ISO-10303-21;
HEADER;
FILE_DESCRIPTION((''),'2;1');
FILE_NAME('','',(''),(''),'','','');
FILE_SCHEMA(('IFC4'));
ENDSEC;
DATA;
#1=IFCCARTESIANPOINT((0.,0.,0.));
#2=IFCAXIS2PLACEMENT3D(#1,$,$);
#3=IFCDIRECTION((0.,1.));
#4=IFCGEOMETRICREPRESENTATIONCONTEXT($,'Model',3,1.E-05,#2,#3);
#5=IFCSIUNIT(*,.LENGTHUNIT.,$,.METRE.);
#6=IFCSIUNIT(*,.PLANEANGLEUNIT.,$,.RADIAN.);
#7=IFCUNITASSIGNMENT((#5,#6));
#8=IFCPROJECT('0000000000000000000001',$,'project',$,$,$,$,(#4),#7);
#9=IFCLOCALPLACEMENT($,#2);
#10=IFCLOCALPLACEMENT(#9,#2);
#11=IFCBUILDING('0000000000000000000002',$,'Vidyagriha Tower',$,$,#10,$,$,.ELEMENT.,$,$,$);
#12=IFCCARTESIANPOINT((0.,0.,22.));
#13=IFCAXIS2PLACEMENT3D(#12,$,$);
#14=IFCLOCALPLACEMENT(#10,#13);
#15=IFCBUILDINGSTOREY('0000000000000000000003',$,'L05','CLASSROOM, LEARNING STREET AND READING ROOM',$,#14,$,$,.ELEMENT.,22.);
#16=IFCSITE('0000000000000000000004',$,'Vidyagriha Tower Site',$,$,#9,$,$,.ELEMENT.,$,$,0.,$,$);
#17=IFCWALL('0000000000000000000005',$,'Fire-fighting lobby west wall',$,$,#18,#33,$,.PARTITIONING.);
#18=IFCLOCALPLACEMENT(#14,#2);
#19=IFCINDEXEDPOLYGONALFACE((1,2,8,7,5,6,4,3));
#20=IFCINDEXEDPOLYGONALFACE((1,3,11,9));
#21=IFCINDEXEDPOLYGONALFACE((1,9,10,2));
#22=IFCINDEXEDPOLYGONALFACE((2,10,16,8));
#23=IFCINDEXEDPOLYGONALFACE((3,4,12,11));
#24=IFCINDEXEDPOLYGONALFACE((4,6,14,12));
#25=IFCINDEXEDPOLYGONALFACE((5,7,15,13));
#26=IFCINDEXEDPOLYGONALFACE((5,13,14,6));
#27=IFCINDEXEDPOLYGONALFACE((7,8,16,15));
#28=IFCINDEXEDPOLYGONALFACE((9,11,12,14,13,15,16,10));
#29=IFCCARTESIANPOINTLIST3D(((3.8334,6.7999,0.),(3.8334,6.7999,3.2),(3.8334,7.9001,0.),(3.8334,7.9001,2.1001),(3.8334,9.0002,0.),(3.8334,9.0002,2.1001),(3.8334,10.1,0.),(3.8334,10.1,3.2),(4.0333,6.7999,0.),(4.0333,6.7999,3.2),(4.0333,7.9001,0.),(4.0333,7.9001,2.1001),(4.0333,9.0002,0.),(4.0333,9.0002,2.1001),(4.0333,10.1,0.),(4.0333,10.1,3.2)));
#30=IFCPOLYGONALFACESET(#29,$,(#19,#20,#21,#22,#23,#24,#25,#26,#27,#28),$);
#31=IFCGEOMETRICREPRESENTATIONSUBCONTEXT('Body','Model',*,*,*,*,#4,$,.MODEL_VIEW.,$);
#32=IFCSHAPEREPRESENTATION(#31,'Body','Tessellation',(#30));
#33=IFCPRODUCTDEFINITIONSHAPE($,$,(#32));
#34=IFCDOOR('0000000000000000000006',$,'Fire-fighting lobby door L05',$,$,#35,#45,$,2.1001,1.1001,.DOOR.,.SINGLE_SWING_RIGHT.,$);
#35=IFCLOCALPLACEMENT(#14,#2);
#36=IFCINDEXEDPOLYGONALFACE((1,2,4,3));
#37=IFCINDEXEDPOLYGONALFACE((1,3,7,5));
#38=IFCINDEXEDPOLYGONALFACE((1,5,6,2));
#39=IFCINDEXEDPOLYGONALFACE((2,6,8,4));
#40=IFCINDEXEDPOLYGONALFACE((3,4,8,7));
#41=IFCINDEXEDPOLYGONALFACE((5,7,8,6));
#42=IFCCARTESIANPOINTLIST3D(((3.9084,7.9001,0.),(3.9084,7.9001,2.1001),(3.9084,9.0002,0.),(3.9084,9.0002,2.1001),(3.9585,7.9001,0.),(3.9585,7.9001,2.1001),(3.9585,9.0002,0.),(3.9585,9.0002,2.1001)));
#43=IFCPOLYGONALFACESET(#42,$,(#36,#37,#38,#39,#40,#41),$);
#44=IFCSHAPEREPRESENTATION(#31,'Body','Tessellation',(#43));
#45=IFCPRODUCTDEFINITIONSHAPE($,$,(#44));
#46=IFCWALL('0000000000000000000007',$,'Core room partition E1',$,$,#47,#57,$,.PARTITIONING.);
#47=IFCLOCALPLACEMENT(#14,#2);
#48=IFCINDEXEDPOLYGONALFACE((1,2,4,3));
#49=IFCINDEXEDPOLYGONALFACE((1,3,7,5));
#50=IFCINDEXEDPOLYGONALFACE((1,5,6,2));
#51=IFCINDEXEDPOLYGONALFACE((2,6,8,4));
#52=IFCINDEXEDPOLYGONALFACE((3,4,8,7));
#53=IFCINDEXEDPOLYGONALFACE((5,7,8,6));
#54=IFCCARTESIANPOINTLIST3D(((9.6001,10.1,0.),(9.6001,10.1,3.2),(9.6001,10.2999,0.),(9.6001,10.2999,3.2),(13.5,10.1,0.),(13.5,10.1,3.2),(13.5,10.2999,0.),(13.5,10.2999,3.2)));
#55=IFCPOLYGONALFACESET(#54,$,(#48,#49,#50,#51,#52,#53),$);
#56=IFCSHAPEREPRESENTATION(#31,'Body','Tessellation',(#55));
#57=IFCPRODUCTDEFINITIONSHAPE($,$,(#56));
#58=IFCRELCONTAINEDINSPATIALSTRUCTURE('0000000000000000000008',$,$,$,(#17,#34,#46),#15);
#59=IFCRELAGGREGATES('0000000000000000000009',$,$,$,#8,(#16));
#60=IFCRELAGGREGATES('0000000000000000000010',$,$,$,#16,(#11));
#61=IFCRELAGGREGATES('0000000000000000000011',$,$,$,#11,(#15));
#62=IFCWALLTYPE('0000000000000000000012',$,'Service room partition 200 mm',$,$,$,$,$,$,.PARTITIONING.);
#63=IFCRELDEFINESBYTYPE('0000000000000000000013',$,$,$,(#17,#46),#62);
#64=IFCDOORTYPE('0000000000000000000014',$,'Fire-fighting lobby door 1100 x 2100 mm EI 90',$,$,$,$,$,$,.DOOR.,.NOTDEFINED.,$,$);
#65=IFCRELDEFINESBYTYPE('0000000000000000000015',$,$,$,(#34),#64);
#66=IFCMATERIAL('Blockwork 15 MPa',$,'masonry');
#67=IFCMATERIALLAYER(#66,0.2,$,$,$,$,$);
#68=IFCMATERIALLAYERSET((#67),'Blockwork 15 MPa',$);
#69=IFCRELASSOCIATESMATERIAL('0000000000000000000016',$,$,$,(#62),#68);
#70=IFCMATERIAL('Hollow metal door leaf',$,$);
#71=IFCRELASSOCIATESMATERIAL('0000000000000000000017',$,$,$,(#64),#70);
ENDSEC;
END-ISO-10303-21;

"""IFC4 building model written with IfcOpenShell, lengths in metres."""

from ifc_helpers import new_model, si_unit, direction, frame, frame_2d, origin, place, context, subcontext, project, spatial, rectangle, extrude, material, layer, layer_set, type_object, element, fill, save


model = new_model("IFC4")

# Units and contexts
model_context = context("Model", 3, precision=1e-05, world=origin(), true_north=direction((0.0, 1.0)))
body_context = subcontext(model_context, "Body", "Model", "MODEL_VIEW")
ifc_project = project(units=[si_unit("LENGTHUNIT", "METRE"), si_unit("PLANEANGLEUNIT", "RADIAN")], contexts=[model_context])

# Site, building, storey
site_placement = place(None, origin())
site = spatial("IfcSite", under=ifc_project, at=site_placement, Name="Vidyagriha Tower Site", CompositionType="ELEMENT", RefElevation=0.0)
building_placement = place(site_placement, origin())
building = spatial("IfcBuilding", under=site, at=building_placement, Name="Vidyagriha Tower", CompositionType="ELEMENT")
storey_placement = place(building_placement, frame((0.0, 0.0, 22.0)))
storey = spatial("IfcBuildingStorey", under=building, at=storey_placement, Name="L05", Description="CLASSROOM, LEARNING STREET AND READING ROOM", CompositionType="ELEMENT", Elevation=22.0)

# Wall, opening, door
ifc_material_1 = material(Name="Blockwork 15 MPa", Category="masonry")
ifc_layer_1 = layer(ifc_material_1, 0.2)
ifc_layer_set_1 = layer_set([ifc_layer_1], Name="Blockwork 15 MPa")
wall_type_1 = type_object("IfcWallType", Name="Service room partition 200 mm", PredefinedType="PARTITIONING", material=ifc_layer_set_1)
wall_1_placement = place(storey_placement, frame((3.9333, 6.8, 0.0), z_axis=(0.0, 0.0, 1.0), x_axis=(0.0, 1.0, 0.0)))
wall_1 = element("IfcWall", 1, at=wall_1_placement, inside=storey, type_object=wall_type_1, Name="Fire-fighting lobby west wall", PredefinedType="PARTITIONING", context=body_context, shape_type="SweptSolid", body=[
    extrude(rectangle(XDim=3.3, YDim=0.2, at=frame_2d((1.6499, 0.0))), origin(), (0.0, 0.0, 1.0), 3.2),
])
opening_1_placement = place(wall_1_placement, frame((1.1001, 0.0, 0.0)))
opening_1 = element("IfcOpeningElement", 2, at=opening_1_placement, cuts=wall_1, PredefinedType="OPENING", context=body_context, shape_type="SweptSolid", body=[
    extrude(rectangle(XDim=1.1001, YDim=2.1001, at=frame_2d((0.55, 1.05))), frame((0.0, 0.1099, 0.0), z_axis=(0.0, -1.0, 0.0), x_axis=(1.0, 0.0, 0.0)), (0.0, 0.0, 1.0), 0.22),
])
ifc_material_2 = material(Name="Hollow metal door leaf")
door_type_1 = type_object("IfcDoorType", Name="Fire-fighting lobby door 1100 x 2100 mm EI 90", OperationType="NOTDEFINED", PredefinedType="DOOR", material=ifc_material_2)
door_1_placement = place(opening_1_placement, origin())
door_1 = element("IfcDoor", 3, at=door_1_placement, inside=storey, type_object=door_type_1, Name="Fire-fighting lobby door L05", OperationType="SINGLE_SWING_RIGHT", OverallHeight=2.1001, OverallWidth=1.1001, PredefinedType="DOOR", context=body_context, shape_type="SweptSolid", body=[
    extrude(rectangle(XDim=1.1001, YDim=2.1001, at=frame_2d((0.55, 1.05))), frame((0.0, 0.0249, 0.0), z_axis=(0.0, -1.0, 0.0), x_axis=(1.0, 0.0, 0.0)), (0.0, 0.0, 1.0), 0.05),
])
fill(opening_1, door_1)

# Wall
wall_2_placement = place(storey_placement, frame((9.6001, 10.2, 0.0)))
element("IfcWall", 4, at=wall_2_placement, inside=storey, type_object=wall_type_1, Name="Core room partition E1", PredefinedType="PARTITIONING", context=body_context, shape_type="SweptSolid", body=[
    extrude(rectangle(XDim=3.8999, YDim=0.2, at=frame_2d((1.95, 0.0))), origin(), (0.0, 0.0, 1.0), 3.2),
])

save(model, "model.ifc")
